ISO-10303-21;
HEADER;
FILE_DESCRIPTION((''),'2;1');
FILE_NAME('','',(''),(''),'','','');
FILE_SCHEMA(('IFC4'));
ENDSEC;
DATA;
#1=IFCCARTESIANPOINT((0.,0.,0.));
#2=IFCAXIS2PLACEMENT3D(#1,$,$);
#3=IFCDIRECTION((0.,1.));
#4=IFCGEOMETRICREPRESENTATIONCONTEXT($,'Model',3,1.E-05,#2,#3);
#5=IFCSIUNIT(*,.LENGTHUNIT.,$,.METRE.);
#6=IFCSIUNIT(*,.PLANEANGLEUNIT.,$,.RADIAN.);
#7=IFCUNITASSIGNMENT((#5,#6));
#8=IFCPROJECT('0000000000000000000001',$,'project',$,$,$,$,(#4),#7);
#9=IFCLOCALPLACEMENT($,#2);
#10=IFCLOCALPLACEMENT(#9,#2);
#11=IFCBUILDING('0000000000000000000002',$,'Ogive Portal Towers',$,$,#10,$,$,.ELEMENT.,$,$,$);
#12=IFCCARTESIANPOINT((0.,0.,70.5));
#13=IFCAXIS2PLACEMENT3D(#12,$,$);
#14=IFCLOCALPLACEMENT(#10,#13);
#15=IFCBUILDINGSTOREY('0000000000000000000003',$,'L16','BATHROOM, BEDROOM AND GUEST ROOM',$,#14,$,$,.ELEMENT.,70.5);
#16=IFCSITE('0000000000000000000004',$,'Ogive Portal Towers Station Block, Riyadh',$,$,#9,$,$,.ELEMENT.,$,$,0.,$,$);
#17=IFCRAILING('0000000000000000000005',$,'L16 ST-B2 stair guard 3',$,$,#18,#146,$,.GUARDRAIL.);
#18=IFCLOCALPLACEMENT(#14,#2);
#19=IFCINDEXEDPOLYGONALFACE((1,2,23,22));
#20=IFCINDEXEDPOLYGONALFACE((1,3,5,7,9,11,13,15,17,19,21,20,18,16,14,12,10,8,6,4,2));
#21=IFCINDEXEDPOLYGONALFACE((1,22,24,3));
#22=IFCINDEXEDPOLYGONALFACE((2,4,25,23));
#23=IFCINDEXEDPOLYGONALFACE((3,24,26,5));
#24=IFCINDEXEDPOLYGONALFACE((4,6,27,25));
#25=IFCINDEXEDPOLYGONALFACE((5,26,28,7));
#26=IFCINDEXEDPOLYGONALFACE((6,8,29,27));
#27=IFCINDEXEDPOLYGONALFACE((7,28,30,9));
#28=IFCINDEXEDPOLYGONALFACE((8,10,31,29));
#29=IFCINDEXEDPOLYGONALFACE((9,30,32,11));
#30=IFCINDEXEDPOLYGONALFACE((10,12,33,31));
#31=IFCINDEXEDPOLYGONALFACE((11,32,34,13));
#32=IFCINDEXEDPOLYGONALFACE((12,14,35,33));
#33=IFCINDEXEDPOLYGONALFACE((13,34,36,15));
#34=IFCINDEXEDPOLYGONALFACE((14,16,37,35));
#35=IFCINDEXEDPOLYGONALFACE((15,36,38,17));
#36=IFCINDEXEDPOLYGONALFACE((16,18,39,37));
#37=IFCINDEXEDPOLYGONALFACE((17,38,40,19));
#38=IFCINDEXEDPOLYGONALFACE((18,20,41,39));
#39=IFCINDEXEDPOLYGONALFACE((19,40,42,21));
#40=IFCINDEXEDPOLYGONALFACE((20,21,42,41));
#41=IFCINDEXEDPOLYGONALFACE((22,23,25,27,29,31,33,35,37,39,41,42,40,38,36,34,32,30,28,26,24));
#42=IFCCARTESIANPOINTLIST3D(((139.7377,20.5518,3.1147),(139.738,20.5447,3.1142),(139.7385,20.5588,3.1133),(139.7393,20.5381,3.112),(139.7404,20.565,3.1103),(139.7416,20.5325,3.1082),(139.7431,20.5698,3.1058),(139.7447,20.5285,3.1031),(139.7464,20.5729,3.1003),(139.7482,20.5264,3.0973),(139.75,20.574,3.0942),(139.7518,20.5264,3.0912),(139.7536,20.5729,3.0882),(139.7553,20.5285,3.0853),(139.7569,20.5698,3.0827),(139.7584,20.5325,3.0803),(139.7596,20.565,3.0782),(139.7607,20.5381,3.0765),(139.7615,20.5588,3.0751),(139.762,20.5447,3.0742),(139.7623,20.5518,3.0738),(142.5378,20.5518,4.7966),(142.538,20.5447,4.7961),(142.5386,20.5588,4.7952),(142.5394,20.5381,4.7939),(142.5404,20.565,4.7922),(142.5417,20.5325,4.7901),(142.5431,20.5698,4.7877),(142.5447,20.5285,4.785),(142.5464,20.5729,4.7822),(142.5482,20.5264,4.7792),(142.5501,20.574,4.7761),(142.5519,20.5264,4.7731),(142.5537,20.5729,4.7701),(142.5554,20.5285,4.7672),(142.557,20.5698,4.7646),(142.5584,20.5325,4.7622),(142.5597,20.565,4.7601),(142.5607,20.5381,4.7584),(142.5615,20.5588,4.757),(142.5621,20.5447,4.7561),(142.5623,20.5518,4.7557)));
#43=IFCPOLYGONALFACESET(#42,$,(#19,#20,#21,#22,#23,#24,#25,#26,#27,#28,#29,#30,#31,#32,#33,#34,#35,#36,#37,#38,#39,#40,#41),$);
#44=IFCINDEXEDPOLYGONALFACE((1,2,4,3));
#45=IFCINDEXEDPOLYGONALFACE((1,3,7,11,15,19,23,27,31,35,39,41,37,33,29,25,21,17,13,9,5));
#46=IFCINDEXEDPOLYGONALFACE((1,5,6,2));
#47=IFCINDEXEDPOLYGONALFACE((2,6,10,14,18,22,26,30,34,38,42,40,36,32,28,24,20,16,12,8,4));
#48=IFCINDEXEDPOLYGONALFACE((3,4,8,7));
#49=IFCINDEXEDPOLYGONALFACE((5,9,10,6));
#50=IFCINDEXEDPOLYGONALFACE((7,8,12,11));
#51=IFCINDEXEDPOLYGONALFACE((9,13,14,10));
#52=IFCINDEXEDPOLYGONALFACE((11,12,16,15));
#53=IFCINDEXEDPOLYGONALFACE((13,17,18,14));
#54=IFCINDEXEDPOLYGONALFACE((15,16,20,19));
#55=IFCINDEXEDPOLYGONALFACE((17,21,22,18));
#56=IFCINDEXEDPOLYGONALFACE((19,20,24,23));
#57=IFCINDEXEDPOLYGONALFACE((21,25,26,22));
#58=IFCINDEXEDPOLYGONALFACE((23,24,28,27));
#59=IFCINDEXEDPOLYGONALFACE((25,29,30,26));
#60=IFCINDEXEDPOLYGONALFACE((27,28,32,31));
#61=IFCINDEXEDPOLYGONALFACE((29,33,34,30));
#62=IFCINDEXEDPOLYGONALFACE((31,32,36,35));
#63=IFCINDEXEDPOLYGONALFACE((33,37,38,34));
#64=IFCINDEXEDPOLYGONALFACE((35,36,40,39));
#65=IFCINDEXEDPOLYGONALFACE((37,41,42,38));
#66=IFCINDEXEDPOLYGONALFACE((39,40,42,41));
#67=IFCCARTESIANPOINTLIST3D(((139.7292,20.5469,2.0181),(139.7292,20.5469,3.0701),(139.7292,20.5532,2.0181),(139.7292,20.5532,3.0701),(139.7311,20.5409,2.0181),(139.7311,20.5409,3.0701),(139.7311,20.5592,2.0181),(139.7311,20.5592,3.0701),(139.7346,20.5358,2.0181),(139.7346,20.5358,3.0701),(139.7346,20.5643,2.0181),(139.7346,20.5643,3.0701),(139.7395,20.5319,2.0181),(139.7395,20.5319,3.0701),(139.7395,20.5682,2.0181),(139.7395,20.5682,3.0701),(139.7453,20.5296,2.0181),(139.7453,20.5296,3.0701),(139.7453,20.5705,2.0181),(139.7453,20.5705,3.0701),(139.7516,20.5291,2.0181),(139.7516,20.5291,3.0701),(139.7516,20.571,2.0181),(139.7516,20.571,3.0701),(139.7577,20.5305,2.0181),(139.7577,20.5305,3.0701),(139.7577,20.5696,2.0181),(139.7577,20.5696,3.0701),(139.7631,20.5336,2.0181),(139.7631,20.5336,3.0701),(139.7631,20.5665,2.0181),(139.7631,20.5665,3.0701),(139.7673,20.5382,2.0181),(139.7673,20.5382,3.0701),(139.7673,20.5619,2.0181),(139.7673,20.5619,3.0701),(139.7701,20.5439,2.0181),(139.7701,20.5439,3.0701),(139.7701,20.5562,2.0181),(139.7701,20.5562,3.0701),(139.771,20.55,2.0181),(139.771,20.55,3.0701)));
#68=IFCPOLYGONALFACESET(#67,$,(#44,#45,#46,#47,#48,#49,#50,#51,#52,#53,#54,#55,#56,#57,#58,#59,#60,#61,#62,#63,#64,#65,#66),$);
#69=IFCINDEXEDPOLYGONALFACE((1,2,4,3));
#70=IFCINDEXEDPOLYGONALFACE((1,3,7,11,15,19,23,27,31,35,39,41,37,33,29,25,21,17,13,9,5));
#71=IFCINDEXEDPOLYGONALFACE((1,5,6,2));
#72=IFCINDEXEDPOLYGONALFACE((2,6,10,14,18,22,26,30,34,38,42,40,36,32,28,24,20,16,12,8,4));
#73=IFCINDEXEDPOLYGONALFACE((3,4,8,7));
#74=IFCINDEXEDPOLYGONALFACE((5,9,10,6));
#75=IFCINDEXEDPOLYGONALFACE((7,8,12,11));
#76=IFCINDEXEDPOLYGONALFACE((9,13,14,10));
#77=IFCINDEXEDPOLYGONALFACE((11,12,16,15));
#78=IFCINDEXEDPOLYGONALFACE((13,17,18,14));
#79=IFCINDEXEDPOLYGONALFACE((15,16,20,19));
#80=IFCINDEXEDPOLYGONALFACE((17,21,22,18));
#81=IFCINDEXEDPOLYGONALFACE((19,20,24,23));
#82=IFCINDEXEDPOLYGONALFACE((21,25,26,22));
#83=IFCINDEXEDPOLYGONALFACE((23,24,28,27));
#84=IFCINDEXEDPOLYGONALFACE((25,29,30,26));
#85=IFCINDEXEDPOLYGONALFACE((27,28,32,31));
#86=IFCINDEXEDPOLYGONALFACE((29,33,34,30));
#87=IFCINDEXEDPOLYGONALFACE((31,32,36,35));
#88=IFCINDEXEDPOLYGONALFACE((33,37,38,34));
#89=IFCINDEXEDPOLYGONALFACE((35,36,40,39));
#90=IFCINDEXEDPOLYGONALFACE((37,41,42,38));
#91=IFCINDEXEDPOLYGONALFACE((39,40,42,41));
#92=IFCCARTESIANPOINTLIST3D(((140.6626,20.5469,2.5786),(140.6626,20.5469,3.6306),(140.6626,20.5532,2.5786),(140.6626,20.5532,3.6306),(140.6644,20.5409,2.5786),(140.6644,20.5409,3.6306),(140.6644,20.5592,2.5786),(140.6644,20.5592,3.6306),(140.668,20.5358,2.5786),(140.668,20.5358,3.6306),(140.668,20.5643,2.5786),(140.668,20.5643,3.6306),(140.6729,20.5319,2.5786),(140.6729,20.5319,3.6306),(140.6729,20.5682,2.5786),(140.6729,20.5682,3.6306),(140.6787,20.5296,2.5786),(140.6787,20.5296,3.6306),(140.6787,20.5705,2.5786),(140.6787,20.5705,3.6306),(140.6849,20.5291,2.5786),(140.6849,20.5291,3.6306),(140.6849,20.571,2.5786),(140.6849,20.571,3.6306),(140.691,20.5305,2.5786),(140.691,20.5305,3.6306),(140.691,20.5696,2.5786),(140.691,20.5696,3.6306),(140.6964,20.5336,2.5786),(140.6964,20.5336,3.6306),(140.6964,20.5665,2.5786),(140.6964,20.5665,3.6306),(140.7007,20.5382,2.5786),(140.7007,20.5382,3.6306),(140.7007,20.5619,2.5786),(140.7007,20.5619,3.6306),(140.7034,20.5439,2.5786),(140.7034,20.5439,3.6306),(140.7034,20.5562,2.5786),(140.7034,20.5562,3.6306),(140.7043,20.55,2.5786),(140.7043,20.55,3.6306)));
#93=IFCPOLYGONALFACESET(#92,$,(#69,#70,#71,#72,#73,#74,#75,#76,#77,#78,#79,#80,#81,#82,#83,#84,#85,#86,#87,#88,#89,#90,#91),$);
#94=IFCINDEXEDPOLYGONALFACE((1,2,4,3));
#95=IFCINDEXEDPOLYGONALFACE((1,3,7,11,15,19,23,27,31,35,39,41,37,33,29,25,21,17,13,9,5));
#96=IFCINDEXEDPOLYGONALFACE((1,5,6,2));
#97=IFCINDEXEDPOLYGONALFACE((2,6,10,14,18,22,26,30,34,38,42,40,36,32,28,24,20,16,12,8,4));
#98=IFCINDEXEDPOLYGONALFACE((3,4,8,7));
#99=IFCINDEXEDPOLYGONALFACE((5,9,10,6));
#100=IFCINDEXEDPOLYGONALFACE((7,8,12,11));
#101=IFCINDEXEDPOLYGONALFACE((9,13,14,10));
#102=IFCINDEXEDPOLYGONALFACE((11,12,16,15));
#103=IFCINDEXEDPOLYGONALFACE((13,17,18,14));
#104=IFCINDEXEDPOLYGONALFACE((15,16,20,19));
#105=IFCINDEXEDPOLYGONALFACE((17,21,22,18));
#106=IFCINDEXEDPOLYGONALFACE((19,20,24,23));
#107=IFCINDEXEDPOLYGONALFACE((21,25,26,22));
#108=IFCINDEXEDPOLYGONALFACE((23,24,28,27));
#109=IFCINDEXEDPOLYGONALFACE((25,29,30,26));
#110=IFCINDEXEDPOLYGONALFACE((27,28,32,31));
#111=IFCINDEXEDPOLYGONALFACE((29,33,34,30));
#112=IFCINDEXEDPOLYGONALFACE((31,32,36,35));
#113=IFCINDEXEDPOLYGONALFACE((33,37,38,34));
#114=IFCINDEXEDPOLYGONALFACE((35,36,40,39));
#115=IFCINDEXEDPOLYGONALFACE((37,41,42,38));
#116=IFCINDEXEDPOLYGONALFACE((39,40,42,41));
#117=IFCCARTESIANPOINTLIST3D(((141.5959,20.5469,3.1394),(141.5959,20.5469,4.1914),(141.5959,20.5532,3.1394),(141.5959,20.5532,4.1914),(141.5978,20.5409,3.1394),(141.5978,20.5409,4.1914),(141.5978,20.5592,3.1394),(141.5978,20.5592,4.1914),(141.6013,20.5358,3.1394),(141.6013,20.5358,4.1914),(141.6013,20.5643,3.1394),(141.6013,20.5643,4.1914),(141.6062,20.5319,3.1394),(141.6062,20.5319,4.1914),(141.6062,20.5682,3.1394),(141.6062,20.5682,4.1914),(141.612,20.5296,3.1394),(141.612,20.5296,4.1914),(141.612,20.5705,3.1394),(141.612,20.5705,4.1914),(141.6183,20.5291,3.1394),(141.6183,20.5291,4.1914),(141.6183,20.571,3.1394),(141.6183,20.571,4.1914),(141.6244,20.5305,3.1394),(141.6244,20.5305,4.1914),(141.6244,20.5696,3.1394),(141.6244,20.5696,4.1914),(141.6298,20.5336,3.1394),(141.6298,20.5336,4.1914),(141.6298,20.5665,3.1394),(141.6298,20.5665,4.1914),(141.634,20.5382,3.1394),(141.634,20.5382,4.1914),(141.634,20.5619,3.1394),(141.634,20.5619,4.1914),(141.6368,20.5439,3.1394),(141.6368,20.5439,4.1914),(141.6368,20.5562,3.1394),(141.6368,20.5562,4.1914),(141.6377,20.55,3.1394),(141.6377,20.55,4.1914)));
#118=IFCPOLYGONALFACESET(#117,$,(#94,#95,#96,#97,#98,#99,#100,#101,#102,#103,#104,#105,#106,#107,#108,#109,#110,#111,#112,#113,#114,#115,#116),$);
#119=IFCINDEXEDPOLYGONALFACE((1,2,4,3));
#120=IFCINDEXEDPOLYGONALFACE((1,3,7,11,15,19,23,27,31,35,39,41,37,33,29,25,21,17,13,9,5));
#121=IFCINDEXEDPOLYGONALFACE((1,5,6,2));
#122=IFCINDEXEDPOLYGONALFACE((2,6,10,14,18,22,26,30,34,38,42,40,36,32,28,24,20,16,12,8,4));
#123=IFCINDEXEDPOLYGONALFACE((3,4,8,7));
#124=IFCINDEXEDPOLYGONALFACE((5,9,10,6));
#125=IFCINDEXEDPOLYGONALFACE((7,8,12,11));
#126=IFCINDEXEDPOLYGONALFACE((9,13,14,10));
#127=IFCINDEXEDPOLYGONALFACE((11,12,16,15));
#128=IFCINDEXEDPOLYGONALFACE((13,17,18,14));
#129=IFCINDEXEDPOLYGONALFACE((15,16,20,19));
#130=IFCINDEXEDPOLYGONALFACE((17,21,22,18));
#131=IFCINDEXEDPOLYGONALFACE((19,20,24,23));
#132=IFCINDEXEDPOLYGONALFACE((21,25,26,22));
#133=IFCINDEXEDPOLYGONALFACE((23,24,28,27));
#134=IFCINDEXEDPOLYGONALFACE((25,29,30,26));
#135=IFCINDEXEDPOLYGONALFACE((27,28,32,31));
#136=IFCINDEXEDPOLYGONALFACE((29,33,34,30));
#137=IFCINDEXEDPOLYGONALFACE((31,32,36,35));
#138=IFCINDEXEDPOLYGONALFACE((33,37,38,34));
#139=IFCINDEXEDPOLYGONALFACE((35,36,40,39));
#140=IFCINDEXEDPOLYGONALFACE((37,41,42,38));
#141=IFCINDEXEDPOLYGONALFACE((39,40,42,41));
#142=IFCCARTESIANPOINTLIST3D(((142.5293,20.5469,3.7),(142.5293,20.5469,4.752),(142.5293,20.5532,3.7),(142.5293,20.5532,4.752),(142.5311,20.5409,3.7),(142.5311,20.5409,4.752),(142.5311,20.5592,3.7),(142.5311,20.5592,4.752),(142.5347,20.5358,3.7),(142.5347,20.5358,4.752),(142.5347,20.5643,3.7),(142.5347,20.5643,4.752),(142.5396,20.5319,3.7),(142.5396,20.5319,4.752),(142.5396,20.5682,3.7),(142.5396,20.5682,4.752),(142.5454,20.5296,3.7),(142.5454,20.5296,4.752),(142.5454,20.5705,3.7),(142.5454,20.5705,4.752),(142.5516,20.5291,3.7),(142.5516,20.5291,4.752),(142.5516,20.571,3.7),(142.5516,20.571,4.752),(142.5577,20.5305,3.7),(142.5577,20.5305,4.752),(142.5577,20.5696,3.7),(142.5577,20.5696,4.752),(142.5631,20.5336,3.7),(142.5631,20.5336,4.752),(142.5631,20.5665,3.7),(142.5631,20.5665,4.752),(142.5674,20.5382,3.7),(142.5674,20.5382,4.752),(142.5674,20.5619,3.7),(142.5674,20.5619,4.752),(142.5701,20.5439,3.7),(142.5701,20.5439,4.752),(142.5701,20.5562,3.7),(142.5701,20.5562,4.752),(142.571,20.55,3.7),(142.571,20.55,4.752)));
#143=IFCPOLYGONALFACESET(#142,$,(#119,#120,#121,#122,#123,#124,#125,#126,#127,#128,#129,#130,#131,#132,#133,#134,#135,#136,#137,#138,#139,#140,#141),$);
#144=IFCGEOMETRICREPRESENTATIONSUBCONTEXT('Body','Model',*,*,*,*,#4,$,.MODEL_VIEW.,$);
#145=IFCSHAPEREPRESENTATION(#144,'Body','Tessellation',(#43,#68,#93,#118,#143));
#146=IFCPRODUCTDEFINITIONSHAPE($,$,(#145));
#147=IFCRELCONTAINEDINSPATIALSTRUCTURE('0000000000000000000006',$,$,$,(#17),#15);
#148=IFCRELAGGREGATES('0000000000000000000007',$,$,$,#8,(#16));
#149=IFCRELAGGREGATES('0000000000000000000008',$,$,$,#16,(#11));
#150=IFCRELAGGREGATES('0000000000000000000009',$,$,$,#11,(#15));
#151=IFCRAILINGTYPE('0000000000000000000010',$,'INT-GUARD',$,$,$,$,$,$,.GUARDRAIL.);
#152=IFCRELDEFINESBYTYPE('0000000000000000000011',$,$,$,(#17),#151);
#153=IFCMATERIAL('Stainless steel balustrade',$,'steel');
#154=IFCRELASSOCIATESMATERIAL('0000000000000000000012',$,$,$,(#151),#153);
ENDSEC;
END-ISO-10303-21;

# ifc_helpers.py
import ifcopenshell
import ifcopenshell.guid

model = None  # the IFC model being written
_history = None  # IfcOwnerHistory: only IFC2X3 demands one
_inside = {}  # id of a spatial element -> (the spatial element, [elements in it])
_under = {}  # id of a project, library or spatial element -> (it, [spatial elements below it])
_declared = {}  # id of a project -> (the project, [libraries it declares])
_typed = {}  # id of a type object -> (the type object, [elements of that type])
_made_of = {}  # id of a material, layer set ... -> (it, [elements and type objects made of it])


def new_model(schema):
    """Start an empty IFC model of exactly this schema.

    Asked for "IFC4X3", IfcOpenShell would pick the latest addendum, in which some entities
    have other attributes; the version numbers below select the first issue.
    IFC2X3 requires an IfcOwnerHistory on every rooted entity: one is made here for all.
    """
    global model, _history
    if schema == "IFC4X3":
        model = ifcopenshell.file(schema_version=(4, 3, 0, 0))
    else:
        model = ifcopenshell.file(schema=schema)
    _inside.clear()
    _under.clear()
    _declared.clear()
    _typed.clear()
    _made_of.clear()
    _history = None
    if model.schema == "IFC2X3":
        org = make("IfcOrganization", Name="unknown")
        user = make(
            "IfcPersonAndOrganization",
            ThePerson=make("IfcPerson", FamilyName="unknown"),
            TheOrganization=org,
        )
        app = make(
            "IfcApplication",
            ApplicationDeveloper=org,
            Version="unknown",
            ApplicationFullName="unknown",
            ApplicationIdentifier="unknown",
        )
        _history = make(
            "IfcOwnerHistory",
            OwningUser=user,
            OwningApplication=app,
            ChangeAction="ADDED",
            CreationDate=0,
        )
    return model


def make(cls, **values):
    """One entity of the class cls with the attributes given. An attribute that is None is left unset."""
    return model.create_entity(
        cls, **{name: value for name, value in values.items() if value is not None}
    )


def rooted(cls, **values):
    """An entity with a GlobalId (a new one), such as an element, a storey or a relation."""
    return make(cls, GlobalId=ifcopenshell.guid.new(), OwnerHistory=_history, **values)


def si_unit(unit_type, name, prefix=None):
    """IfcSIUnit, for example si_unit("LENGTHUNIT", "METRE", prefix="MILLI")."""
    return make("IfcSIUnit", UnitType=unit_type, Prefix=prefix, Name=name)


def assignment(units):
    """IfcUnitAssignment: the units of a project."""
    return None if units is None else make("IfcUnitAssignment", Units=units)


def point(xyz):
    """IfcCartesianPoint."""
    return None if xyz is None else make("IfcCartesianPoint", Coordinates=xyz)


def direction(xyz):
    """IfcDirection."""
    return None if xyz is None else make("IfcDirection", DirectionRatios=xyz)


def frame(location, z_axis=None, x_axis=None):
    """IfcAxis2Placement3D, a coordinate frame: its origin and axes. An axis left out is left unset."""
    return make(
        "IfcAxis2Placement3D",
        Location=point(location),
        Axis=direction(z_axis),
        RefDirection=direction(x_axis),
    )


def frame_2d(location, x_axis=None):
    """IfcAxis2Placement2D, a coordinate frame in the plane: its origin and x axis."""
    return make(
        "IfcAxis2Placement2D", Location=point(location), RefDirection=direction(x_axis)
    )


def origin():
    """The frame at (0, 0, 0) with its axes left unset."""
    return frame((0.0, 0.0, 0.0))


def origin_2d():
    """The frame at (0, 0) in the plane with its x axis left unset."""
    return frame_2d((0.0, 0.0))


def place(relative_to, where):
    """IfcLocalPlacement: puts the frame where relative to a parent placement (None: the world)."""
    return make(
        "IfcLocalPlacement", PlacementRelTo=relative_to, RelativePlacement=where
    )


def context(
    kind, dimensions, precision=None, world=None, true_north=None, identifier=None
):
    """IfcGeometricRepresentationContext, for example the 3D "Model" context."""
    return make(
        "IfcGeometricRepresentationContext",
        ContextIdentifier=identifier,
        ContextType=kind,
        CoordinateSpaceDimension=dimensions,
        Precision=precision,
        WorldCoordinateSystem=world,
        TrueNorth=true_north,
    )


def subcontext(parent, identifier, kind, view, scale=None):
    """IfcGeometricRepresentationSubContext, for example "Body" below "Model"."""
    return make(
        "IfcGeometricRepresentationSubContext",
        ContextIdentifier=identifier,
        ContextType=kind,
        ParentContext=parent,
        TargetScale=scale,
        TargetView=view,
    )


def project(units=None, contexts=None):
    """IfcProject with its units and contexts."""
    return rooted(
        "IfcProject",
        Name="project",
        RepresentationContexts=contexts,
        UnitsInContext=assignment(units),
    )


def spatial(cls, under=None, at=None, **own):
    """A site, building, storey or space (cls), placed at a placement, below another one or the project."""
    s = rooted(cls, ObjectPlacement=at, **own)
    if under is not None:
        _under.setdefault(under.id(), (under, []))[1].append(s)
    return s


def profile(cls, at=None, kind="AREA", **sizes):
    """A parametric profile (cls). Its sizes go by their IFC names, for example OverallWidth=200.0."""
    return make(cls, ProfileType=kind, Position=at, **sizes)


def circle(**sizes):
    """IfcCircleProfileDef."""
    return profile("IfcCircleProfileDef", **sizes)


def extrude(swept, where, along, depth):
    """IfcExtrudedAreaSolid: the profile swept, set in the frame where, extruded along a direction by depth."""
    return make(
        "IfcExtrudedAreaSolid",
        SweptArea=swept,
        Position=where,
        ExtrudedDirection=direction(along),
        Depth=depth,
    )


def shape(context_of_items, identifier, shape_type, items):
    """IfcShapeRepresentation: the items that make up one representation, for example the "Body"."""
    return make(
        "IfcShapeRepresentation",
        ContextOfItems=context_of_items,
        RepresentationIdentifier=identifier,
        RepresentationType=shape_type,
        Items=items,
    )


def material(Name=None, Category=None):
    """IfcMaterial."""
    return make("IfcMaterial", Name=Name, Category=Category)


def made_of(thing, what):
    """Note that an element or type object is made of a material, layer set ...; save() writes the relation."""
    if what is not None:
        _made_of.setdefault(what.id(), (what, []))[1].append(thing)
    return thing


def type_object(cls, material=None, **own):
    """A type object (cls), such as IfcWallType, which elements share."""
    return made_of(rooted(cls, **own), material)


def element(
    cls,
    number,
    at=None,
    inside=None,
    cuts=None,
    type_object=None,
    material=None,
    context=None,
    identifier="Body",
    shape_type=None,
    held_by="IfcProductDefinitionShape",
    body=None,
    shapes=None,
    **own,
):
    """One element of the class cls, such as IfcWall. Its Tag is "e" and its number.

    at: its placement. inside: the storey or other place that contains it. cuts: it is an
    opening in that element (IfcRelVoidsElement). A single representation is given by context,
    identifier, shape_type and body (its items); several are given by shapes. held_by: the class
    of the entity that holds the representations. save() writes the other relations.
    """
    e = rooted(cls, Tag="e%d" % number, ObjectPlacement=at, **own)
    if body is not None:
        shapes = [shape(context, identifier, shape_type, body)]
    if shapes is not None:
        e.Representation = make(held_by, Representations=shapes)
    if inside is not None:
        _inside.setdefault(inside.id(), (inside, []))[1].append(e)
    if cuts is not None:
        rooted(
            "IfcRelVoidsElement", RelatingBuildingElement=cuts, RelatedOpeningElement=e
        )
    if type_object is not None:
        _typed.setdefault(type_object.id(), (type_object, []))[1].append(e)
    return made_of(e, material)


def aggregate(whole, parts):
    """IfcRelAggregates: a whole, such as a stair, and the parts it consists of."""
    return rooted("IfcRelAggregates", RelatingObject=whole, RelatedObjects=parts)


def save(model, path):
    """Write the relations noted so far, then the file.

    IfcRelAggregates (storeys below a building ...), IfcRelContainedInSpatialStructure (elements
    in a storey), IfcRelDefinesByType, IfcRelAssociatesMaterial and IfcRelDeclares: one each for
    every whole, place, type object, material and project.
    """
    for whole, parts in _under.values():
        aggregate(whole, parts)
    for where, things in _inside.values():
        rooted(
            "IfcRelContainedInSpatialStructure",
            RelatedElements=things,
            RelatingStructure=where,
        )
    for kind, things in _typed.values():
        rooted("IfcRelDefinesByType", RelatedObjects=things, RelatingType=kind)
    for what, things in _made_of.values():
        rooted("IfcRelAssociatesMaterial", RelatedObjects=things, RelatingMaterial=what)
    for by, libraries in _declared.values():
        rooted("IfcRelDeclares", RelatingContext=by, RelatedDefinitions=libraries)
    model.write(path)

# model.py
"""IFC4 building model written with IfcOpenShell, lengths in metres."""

from ifc_helpers import new_model, si_unit, direction, frame, origin, origin_2d, place, context, subcontext, project, spatial, circle, extrude, material, type_object, element, save


model = new_model("IFC4")

# Units and contexts
model_context = context("Model", 3, precision=1e-05, world=origin(), true_north=direction((0.0, 1.0)))
body_context = subcontext(model_context, "Body", "Model", "MODEL_VIEW")
ifc_project = project(units=[si_unit("LENGTHUNIT", "METRE"), si_unit("PLANEANGLEUNIT", "RADIAN")], contexts=[model_context])

# Site, building, storey
site_placement = place(None, origin())
site = spatial("IfcSite", under=ifc_project, at=site_placement, Name="Ogive Portal Towers Station Block, Riyadh", CompositionType="ELEMENT", RefElevation=0.0)
building_placement = place(site_placement, origin())
building = spatial("IfcBuilding", under=site, at=building_placement, Name="Ogive Portal Towers", CompositionType="ELEMENT")
storey_placement = place(building_placement, frame((0.0, 0.0, 70.5)))
storey = spatial("IfcBuildingStorey", under=building, at=storey_placement, Name="L16", Description="BATHROOM, BEDROOM AND GUEST ROOM", CompositionType="ELEMENT", Elevation=70.5)

# Railing
ifc_material_1 = material(Name="Stainless steel balustrade", Category="steel")
railing_type_1 = type_object("IfcRailingType", Name="INT-GUARD", PredefinedType="GUARDRAIL", material=ifc_material_1)
railing_1_placement = place(storey_placement, frame((139.75, 20.55, 2.0181)))
element("IfcRailing", 1, at=railing_1_placement, inside=storey, type_object=railing_type_1, Name="L16 ST-B2 stair guard 3", PredefinedType="GUARDRAIL", context=body_context, shape_type="SweptSolid", body=[
    extrude(circle(Radius=0.0239, at=origin_2d()), frame((0.0, 0.0, 1.0762), z_axis=(0.857242, 0.0, 0.514913), x_axis=(0.0, 1.0, 0.0)), (0.0, 0.0, 1.0), 3.2664),
    extrude(circle(Radius=0.021, at=origin_2d()), origin(), (0.0, 0.0, 1.0), 1.052),
    extrude(circle(Radius=0.021, at=origin_2d()), frame((0.9333, 0.0, 0.5605)), (0.0, 0.0, 1.0), 1.052),
    extrude(circle(Radius=0.021, at=origin_2d()), frame((1.8667, 0.0, 1.1213)), (0.0, 0.0, 1.0), 1.052),
    extrude(circle(Radius=0.021, at=origin_2d()), frame((2.8, 0.0, 1.6819)), (0.0, 0.0, 1.0), 1.052),
])

save(model, "model.ifc")
